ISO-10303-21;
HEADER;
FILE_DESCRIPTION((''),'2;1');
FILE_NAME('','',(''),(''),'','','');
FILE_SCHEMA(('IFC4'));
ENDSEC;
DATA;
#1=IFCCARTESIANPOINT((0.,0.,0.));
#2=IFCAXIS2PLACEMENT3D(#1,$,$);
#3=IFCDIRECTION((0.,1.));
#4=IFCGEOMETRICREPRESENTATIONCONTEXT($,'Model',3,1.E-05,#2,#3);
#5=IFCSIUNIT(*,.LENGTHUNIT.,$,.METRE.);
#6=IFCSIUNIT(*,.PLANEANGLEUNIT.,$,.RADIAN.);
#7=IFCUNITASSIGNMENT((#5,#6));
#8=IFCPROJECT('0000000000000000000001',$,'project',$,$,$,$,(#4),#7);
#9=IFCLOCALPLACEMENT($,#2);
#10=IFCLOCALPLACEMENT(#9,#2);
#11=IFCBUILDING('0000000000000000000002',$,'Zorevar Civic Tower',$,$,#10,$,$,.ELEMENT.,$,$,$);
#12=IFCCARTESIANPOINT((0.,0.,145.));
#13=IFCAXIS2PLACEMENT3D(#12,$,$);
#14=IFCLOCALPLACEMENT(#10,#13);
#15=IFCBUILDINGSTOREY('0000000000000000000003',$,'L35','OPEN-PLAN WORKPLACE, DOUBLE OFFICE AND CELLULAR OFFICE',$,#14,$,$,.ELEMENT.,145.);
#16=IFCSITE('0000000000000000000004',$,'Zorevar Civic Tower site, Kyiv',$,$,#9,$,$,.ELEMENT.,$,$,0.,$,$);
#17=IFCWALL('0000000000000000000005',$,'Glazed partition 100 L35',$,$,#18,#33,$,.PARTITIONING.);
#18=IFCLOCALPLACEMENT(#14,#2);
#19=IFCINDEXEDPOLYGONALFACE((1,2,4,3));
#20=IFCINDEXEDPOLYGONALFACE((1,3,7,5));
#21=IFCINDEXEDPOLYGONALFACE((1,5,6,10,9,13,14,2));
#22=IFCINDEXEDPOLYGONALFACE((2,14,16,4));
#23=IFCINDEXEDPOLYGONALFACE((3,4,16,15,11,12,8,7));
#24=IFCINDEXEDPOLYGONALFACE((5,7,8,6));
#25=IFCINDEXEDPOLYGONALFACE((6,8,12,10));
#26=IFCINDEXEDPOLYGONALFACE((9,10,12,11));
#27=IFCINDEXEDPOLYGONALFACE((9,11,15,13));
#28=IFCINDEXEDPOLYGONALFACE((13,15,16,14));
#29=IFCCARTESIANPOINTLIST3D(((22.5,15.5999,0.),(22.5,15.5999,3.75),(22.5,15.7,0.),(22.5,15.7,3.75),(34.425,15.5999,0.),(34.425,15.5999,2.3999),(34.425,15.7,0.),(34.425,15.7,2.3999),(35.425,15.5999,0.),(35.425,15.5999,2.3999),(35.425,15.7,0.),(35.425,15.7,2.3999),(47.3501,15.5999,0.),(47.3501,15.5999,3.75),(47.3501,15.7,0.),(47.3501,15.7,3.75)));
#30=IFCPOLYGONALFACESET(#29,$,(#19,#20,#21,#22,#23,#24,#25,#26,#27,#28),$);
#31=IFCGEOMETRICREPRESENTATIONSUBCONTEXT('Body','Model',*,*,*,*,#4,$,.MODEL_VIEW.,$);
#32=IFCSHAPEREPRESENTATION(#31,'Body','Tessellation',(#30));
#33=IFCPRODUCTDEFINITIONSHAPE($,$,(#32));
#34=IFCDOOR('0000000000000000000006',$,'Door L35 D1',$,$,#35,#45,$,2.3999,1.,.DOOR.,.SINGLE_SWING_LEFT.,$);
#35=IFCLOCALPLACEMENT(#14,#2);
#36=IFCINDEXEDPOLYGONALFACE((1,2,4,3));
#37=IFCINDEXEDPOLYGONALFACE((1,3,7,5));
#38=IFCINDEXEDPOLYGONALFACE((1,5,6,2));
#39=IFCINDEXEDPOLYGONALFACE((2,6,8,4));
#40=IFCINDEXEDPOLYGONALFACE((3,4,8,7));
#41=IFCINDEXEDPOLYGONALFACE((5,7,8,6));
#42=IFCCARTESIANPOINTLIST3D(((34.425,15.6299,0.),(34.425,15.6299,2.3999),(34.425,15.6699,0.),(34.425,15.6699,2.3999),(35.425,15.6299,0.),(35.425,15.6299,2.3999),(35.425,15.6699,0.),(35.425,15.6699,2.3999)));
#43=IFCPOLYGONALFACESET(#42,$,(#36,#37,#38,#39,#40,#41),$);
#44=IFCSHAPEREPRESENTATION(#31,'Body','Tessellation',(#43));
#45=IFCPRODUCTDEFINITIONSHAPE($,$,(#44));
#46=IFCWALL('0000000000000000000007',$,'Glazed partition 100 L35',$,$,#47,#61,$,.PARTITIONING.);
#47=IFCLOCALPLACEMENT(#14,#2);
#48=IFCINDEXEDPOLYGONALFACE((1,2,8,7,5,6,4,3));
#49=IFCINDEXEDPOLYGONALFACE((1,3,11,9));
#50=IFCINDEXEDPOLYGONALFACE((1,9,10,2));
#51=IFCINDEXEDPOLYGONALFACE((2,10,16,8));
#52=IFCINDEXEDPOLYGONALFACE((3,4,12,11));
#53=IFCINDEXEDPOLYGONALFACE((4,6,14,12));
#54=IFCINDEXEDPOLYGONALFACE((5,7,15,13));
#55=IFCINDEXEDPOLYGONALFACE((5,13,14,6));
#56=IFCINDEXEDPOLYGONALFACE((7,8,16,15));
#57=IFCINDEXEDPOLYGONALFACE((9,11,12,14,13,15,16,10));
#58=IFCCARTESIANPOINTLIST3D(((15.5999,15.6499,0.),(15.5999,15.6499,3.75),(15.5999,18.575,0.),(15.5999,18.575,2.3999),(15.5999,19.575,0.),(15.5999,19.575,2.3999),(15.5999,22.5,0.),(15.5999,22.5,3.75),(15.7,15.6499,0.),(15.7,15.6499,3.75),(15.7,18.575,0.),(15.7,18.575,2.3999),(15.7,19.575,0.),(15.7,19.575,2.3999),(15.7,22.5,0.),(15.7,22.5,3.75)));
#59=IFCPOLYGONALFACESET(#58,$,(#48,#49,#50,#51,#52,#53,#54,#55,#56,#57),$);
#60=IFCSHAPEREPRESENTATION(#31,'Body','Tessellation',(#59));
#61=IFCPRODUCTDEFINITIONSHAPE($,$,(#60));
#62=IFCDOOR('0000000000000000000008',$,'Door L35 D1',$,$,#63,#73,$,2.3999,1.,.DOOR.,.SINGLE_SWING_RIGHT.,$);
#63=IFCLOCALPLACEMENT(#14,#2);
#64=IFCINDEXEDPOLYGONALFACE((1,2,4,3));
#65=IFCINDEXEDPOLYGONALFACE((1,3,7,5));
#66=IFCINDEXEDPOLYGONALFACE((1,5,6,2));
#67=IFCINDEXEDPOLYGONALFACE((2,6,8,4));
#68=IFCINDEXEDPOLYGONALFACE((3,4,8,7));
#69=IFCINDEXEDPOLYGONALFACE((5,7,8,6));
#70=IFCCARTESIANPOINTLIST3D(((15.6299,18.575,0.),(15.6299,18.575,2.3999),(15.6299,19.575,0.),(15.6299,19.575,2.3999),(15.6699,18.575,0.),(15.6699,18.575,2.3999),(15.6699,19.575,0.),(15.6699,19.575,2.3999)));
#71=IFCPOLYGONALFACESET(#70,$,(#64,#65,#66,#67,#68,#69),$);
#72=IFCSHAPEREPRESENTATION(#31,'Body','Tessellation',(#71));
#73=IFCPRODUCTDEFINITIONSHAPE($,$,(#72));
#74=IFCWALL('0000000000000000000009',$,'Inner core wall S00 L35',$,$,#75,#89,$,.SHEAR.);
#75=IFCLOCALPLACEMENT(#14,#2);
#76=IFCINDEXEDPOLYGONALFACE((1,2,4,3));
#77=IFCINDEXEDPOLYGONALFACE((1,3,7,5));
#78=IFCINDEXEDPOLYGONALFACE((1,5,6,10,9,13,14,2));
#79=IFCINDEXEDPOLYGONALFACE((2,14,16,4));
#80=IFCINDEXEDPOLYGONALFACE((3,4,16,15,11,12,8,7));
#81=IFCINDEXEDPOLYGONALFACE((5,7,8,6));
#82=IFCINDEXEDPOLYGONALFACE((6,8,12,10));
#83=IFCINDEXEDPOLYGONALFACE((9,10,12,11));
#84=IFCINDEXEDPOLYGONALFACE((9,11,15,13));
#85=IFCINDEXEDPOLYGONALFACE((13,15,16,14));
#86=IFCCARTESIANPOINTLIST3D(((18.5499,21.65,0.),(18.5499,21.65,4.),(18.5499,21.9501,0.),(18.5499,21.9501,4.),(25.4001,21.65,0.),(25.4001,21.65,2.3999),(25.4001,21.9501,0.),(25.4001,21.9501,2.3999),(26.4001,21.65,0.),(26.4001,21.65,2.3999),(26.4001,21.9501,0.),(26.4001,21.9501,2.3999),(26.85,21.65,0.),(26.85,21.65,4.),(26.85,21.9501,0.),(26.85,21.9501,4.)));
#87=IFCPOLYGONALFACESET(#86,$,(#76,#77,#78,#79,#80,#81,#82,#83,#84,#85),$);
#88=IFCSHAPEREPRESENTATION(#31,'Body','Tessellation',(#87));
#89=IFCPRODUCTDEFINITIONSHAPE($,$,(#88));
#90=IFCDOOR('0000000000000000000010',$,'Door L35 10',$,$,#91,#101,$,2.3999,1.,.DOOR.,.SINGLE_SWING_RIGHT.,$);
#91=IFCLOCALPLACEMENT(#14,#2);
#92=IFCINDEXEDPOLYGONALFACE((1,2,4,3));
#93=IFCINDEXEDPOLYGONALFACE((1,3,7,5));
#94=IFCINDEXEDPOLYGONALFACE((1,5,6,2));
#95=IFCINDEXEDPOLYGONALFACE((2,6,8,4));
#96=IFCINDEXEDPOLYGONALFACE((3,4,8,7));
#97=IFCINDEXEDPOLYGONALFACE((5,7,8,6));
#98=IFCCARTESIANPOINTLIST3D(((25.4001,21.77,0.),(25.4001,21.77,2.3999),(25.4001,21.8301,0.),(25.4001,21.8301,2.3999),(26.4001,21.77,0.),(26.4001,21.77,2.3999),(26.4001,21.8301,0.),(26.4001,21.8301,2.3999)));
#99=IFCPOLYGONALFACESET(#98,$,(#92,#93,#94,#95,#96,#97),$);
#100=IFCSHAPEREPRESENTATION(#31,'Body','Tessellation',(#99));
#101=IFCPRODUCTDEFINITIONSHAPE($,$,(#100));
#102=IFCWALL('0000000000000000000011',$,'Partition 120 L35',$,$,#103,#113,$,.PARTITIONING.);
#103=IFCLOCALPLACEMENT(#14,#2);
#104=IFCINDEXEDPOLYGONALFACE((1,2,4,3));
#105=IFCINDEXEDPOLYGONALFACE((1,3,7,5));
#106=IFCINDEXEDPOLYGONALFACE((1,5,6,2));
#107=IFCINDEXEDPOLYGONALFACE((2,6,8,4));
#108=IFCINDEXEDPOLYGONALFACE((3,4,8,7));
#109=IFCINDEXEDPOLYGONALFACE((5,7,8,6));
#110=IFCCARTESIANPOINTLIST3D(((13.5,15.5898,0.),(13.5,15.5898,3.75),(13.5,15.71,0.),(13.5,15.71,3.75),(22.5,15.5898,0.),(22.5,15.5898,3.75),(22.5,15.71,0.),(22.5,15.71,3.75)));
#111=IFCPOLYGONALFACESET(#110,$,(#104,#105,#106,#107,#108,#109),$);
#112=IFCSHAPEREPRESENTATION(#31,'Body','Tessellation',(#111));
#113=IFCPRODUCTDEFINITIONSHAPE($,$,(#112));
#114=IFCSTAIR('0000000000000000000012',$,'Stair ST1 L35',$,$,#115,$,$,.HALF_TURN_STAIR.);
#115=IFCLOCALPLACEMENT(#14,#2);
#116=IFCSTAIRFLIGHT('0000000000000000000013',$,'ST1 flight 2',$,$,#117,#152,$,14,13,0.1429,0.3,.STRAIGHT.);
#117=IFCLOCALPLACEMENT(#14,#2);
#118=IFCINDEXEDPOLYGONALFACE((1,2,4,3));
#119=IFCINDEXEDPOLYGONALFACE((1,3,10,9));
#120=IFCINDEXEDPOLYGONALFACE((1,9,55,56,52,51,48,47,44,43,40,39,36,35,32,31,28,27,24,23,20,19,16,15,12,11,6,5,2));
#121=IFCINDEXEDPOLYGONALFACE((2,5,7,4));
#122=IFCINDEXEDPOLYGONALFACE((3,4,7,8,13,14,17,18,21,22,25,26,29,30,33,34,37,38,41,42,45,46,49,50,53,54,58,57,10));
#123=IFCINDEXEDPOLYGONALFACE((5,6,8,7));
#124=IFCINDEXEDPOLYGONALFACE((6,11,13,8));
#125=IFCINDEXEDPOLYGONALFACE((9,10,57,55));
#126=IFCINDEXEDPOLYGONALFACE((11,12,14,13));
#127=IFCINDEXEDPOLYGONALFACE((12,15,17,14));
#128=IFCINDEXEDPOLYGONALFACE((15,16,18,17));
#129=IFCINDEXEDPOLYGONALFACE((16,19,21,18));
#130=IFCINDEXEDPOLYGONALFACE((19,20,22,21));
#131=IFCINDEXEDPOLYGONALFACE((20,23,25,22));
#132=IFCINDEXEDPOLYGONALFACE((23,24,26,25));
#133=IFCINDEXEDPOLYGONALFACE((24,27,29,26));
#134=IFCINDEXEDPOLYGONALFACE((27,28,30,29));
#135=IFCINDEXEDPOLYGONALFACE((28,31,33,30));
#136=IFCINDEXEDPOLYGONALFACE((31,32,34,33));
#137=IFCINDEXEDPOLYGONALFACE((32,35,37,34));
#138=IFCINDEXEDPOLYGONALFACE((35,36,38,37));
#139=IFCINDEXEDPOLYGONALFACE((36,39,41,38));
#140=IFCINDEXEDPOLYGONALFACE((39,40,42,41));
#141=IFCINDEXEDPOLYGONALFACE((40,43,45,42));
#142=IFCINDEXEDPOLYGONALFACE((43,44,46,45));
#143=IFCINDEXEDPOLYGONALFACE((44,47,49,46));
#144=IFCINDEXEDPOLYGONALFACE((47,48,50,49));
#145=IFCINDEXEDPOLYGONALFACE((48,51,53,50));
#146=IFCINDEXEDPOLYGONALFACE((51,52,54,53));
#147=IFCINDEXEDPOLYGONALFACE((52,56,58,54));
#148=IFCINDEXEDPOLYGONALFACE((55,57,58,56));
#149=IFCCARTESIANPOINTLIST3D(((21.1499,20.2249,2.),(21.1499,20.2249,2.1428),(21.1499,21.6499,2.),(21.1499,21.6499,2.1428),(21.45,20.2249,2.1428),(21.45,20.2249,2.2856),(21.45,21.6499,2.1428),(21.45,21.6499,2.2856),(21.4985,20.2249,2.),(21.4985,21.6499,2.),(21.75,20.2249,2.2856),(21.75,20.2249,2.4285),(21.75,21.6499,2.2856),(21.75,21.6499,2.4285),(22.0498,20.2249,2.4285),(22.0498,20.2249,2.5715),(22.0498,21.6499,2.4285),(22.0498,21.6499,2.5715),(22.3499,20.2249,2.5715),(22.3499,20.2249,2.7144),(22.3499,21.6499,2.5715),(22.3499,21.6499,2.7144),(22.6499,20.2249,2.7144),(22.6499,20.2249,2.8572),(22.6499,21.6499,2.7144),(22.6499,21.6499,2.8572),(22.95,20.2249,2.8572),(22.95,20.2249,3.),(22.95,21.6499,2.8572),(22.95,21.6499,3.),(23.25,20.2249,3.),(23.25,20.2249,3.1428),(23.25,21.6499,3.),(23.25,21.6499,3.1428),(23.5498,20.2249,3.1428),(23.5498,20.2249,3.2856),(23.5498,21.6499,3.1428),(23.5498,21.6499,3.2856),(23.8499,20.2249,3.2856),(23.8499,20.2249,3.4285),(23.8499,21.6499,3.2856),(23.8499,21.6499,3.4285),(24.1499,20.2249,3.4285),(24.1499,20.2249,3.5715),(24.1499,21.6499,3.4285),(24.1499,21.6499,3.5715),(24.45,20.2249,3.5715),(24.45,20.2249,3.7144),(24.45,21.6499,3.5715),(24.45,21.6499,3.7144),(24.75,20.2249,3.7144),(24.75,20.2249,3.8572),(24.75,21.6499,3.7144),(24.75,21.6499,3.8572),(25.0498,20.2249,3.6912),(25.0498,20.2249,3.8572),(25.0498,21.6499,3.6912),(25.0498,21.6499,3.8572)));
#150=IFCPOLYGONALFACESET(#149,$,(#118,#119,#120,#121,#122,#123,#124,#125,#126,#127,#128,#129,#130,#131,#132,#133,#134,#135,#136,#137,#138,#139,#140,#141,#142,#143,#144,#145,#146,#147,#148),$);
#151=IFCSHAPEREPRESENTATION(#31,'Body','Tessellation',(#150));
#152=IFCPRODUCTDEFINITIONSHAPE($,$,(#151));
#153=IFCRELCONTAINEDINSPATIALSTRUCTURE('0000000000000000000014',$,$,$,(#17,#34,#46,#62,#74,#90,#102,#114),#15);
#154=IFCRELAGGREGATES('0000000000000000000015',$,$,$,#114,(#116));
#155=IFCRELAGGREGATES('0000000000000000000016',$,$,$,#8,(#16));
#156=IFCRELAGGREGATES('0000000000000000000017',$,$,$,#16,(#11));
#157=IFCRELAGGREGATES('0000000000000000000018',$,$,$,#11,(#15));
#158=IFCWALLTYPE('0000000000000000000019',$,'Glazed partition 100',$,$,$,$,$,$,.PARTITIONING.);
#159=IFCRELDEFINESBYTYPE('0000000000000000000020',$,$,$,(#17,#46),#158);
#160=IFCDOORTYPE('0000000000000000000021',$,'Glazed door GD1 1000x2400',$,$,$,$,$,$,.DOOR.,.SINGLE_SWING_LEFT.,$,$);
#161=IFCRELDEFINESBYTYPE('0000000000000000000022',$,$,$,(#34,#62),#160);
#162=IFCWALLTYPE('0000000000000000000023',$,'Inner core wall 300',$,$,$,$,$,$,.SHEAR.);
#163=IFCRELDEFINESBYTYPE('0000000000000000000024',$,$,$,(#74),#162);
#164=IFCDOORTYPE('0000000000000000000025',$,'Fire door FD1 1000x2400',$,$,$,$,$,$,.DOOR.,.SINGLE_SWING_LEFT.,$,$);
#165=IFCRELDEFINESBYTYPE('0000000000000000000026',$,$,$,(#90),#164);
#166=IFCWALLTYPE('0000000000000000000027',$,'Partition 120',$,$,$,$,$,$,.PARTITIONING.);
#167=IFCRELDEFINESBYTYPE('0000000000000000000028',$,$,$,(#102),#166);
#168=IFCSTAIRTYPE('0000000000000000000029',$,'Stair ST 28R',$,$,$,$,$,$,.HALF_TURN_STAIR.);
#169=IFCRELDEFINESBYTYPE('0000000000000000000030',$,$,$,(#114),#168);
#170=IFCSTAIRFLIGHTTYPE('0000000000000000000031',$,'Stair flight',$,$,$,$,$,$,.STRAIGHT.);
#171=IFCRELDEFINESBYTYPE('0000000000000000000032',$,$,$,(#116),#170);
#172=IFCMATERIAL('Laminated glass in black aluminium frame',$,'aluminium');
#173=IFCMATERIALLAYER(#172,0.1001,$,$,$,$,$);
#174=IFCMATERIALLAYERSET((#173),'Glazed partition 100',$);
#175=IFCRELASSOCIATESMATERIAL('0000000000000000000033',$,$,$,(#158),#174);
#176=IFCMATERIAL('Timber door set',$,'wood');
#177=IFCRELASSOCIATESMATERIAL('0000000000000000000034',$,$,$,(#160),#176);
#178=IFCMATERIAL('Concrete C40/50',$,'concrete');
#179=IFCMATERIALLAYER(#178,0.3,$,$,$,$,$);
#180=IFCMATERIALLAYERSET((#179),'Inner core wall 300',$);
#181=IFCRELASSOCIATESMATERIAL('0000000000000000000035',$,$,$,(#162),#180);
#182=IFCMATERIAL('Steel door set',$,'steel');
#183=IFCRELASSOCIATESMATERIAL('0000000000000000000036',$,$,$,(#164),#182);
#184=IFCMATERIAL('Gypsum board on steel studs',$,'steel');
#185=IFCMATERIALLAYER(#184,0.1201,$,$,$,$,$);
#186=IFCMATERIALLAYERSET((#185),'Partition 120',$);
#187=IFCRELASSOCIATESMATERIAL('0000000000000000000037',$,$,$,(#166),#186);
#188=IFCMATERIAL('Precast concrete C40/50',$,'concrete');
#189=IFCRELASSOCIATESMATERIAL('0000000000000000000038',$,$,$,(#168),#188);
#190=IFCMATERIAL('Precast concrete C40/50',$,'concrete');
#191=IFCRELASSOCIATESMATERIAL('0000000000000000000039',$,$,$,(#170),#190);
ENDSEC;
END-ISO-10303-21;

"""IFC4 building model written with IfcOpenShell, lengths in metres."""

from ifc_helpers import new_model, si_unit, direction, frame, frame_2d, origin, place, context, subcontext, project, spatial, polyline, rectangle, outline, extrude, material, layer, layer_set, type_object, element, fill, aggregate, save


model = new_model("IFC4")

# Units and contexts
model_context = context("Model", 3, precision=1e-05, world=origin(), true_north=direction((0.0, 1.0)))
body_context = subcontext(model_context, "Body", "Model", "MODEL_VIEW")
ifc_project = project(units=[si_unit("LENGTHUNIT", "METRE"), si_unit("PLANEANGLEUNIT", "RADIAN")], contexts=[model_context])

# Site, building, storey
site_placement = place(None, origin())
site = spatial("IfcSite", under=ifc_project, at=site_placement, Name="Zorevar Civic Tower site, Kyiv", CompositionType="ELEMENT", RefElevation=0.0)
building_placement = place(site_placement, origin())
building = spatial("IfcBuilding", under=site, at=building_placement, Name="Zorevar Civic Tower", CompositionType="ELEMENT")
storey_placement = place(building_placement, frame((0.0, 0.0, 145.0)))
storey = spatial("IfcBuildingStorey", under=building, at=storey_placement, Name="L35", Description="OPEN-PLAN WORKPLACE, DOUBLE OFFICE AND CELLULAR OFFICE", CompositionType="ELEMENT", Elevation=145.0)

# Walls, openings, doors
ifc_material_1 = material(Name="Laminated glass in black aluminium frame", Category="aluminium")
ifc_layer_1 = layer(ifc_material_1, 0.1001)
ifc_layer_set_1 = layer_set([ifc_layer_1], Name="Glazed partition 100")
wall_type_1 = type_object("IfcWallType", Name="Glazed partition 100", PredefinedType="PARTITIONING", material=ifc_layer_set_1)
wall_1_placement = place(storey_placement, frame((22.5, 15.6499, 0.0), z_axis=(0.0, 0.0, 1.0), x_axis=(1.0, 0.0, 0.0)))
wall_1 = element("IfcWall", 1, at=wall_1_placement, inside=storey, type_object=wall_type_1, Name="Glazed partition 100 L35", PredefinedType="PARTITIONING", context=body_context, shape_type="SweptSolid", body=[
    extrude(rectangle(XDim=24.8501, YDim=0.1001, at=frame_2d((12.425, 0.0))), origin(), (0.0, 0.0, 1.0), 3.75),
])
opening_1_placement = place(wall_1_placement, frame((11.925, 0.0, 0.0)))
opening_1 = element("IfcOpeningElement", 2, at=opening_1_placement, cuts=wall_1, PredefinedType="OPENING", context=body_context, shape_type="SweptSolid", body=[
    extrude(rectangle(XDim=1.0, YDim=2.3999, at=frame_2d((0.5, 1.2))), frame((0.0, 0.0601, 0.0), z_axis=(0.0, -1.0, 0.0), x_axis=(1.0, 0.0, 0.0)), (0.0, 0.0, 1.0), 0.1201),
])
ifc_material_2 = material(Name="Timber door set", Category="wood")
door_type_1 = type_object("IfcDoorType", Name="Glazed door GD1 1000x2400", OperationType="SINGLE_SWING_LEFT", PredefinedType="DOOR", material=ifc_material_2)
door_1_placement = place(opening_1_placement, origin())
door_1 = element("IfcDoor", 3, at=door_1_placement, inside=storey, type_object=door_type_1, Name="Door L35 D1", OperationType="SINGLE_SWING_LEFT", OverallHeight=2.3999, OverallWidth=1.0, PredefinedType="DOOR", context=body_context, shape_type="SweptSolid", body=[
    extrude(rectangle(XDim=1.0, YDim=2.3999, at=frame_2d((0.5, 1.2))), frame((0.0, 0.02, 0.0), z_axis=(0.0, -1.0, 0.0), x_axis=(1.0, 0.0, 0.0)), (0.0, 0.0, 1.0), 0.04),
])
fill(opening_1, door_1)
wall_2_placement = place(storey_placement, frame((15.6499, 15.6499, 0.0), z_axis=(0.0, 0.0, 1.0), x_axis=(0.0, 1.0, 0.0)))
wall_2 = element("IfcWall", 4, at=wall_2_placement, inside=storey, type_object=wall_type_1, Name="Glazed partition 100 L35", PredefinedType="PARTITIONING", context=body_context, shape_type="SweptSolid", body=[
    extrude(rectangle(XDim=6.8501, YDim=0.1001, at=frame_2d((3.425, 0.0))), origin(), (0.0, 0.0, 1.0), 3.75),
])
opening_2_placement = place(wall_2_placement, frame((2.925, 0.0, 0.0)))
opening_2 = element("IfcOpeningElement", 5, at=opening_2_placement, cuts=wall_2, PredefinedType="OPENING", context=body_context, shape_type="SweptSolid", body=[
    extrude(rectangle(XDim=1.0, YDim=2.3999, at=frame_2d((0.5, 1.2))), frame((0.0, 0.0601, 0.0), z_axis=(0.0, -1.0, 0.0), x_axis=(1.0, 0.0, 0.0)), (0.0, 0.0, 1.0), 0.1201),
])
door_2_placement = place(opening_2_placement, origin())
door_2 = element("IfcDoor", 6, at=door_2_placement, inside=storey, type_object=door_type_1, Name="Door L35 D1", OperationType="SINGLE_SWING_RIGHT", OverallHeight=2.3999, OverallWidth=1.0, PredefinedType="DOOR", context=body_context, shape_type="SweptSolid", body=[
    extrude(rectangle(XDim=1.0, YDim=2.3999, at=frame_2d((0.5, 1.2))), frame((0.0, 0.02, 0.0), z_axis=(0.0, -1.0, 0.0), x_axis=(1.0, 0.0, 0.0)), (0.0, 0.0, 1.0), 0.04),
])
fill(opening_2, door_2)
ifc_material_3 = material(Name="Concrete C40/50", Category="concrete")
ifc_layer_2 = layer(ifc_material_3, 0.3)
ifc_layer_set_2 = layer_set([ifc_layer_2], Name="Inner core wall 300")
wall_type_2 = type_object("IfcWallType", Name="Inner core wall 300", PredefinedType="SHEAR", material=ifc_layer_set_2)
wall_3_placement = place(storey_placement, frame((18.55, 21.8, 0.0), z_axis=(0.0, 0.0, 1.0), x_axis=(1.0, 0.0, 0.0)))
wall_3 = element("IfcWall", 7, at=wall_3_placement, inside=storey, type_object=wall_type_2, Name="Inner core wall S00 L35", PredefinedType="SHEAR", context=body_context, shape_type="SweptSolid", body=[
    extrude(rectangle(XDim=8.3, YDim=0.3, at=frame_2d((4.1499, 0.0))), origin(), (0.0, 0.0, 1.0), 4.0),
])
opening_3_placement = place(wall_3_placement, frame((6.8501, 0.0, 0.0)))
opening_3 = element("IfcOpeningElement", 8, at=opening_3_placement, cuts=wall_3, PredefinedType="OPENING", context=body_context, shape_type="SweptSolid", body=[
    extrude(rectangle(XDim=1.0, YDim=2.3999, at=frame_2d((0.5, 1.2))), frame((0.0, 0.1599, 0.0), z_axis=(0.0, -1.0, 0.0), x_axis=(1.0, 0.0, 0.0)), (0.0, 0.0, 1.0), 0.3201),
])
ifc_material_4 = material(Name="Steel door set", Category="steel")
door_type_2 = type_object("IfcDoorType", Name="Fire door FD1 1000x2400", OperationType="SINGLE_SWING_LEFT", PredefinedType="DOOR", material=ifc_material_4)
door_3_placement = place(opening_3_placement, origin())
door_3 = element("IfcDoor", 9, at=door_3_placement, inside=storey, type_object=door_type_2, Name="Door L35 10", OperationType="SINGLE_SWING_RIGHT", OverallHeight=2.3999, OverallWidth=1.0, PredefinedType="DOOR", context=body_context, shape_type="SweptSolid", body=[
    extrude(rectangle(XDim=1.0, YDim=2.3999, at=frame_2d((0.5, 1.2))), frame((0.0, 0.03, 0.0), z_axis=(0.0, -1.0, 0.0), x_axis=(1.0, 0.0, 0.0)), (0.0, 0.0, 1.0), 0.0601),
])
fill(opening_3, door_3)

# Wall
ifc_material_5 = material(Name="Gypsum board on steel studs", Category="steel")
ifc_layer_3 = layer(ifc_material_5, 0.1201)
ifc_layer_set_3 = layer_set([ifc_layer_3], Name="Partition 120")
wall_type_3 = type_object("IfcWallType", Name="Partition 120", PredefinedType="PARTITIONING", material=ifc_layer_set_3)
wall_4_placement = place(storey_placement, frame((13.5, 15.6499, 0.0), z_axis=(0.0, 0.0, 1.0), x_axis=(1.0, 0.0, 0.0)))
element("IfcWall", 10, at=wall_4_placement, inside=storey, type_object=wall_type_3, Name="Partition 120 L35", PredefinedType="PARTITIONING", context=body_context, shape_type="SweptSolid", body=[
    extrude(rectangle(XDim=9.0, YDim=0.1201, at=frame_2d((4.5, 0.0))), origin(), (0.0, 0.0, 1.0), 3.75),
])

# Stair, stair flight
ifc_material_6 = material(Name="Precast concrete C40/50", Category="concrete")
stair_type = type_object("IfcStairType", Name="Stair ST 28R", PredefinedType="HALF_TURN_STAIR", material=ifc_material_6)
stair_placement = place(storey_placement, origin())
stair = element("IfcStair", 11, at=stair_placement, inside=storey, type_object=stair_type, Name="Stair ST1 L35", PredefinedType="HALF_TURN_STAIR")
ifc_material_7 = material(Name="Precast concrete C40/50", Category="concrete")
stair_flight_type = type_object("IfcStairFlightType", Name="Stair flight", PredefinedType="STRAIGHT", material=ifc_material_7)
stair_flight_placement = place(storey_placement, frame((21.1499, 20.9375, 2.0), z_axis=(0.0, 0.0, 1.0), x_axis=(1.0, 0.0, 0.0)))
stair_flight = element("IfcStairFlight", 12, at=stair_flight_placement, type_object=stair_flight_type, Name="ST1 flight 2", NumberOfRisers=14, NumberOfTreads=13, PredefinedType="STRAIGHT", RiserHeight=0.1429, TreadLength=0.3, context=body_context, shape_type="SweptSolid", body=[
    extrude(outline(polyline([(0.0, 0.0), (0.0, 0.1428), (0.3, 0.1428), (0.3, 0.2856), (0.6001, 0.2856), (0.6001, 0.4285), (0.8999, 0.4285), (0.8999, 0.5715), (1.2, 0.5715), (1.2, 0.7144), (1.5, 0.7144), (1.5, 0.8572), (1.8, 0.8572), (1.8, 1.0), (2.1001, 1.0), (2.1001, 1.1428), (2.3999, 1.1428), (2.3999, 1.2856), (2.7, 1.2856), (2.7, 1.4285), (3.0, 1.4285), (3.0, 1.5715), (3.3, 1.5715), (3.3, 1.7144), (3.6001, 1.7144), (3.6001, 1.8572), (3.8999, 1.8572), (3.8999, 2.0), (3.8999, 1.6912), (0.3486, 0.0), (0.0, 0.0)])), frame((0.0, 0.7124, 0.0), z_axis=(0.0, -1.0, 0.0), x_axis=(1.0, 0.0, 0.0)), (0.0, 0.0, 1.0), 1.425),
])
aggregate(stair, [stair_flight])

save(model, "model.ifc")
